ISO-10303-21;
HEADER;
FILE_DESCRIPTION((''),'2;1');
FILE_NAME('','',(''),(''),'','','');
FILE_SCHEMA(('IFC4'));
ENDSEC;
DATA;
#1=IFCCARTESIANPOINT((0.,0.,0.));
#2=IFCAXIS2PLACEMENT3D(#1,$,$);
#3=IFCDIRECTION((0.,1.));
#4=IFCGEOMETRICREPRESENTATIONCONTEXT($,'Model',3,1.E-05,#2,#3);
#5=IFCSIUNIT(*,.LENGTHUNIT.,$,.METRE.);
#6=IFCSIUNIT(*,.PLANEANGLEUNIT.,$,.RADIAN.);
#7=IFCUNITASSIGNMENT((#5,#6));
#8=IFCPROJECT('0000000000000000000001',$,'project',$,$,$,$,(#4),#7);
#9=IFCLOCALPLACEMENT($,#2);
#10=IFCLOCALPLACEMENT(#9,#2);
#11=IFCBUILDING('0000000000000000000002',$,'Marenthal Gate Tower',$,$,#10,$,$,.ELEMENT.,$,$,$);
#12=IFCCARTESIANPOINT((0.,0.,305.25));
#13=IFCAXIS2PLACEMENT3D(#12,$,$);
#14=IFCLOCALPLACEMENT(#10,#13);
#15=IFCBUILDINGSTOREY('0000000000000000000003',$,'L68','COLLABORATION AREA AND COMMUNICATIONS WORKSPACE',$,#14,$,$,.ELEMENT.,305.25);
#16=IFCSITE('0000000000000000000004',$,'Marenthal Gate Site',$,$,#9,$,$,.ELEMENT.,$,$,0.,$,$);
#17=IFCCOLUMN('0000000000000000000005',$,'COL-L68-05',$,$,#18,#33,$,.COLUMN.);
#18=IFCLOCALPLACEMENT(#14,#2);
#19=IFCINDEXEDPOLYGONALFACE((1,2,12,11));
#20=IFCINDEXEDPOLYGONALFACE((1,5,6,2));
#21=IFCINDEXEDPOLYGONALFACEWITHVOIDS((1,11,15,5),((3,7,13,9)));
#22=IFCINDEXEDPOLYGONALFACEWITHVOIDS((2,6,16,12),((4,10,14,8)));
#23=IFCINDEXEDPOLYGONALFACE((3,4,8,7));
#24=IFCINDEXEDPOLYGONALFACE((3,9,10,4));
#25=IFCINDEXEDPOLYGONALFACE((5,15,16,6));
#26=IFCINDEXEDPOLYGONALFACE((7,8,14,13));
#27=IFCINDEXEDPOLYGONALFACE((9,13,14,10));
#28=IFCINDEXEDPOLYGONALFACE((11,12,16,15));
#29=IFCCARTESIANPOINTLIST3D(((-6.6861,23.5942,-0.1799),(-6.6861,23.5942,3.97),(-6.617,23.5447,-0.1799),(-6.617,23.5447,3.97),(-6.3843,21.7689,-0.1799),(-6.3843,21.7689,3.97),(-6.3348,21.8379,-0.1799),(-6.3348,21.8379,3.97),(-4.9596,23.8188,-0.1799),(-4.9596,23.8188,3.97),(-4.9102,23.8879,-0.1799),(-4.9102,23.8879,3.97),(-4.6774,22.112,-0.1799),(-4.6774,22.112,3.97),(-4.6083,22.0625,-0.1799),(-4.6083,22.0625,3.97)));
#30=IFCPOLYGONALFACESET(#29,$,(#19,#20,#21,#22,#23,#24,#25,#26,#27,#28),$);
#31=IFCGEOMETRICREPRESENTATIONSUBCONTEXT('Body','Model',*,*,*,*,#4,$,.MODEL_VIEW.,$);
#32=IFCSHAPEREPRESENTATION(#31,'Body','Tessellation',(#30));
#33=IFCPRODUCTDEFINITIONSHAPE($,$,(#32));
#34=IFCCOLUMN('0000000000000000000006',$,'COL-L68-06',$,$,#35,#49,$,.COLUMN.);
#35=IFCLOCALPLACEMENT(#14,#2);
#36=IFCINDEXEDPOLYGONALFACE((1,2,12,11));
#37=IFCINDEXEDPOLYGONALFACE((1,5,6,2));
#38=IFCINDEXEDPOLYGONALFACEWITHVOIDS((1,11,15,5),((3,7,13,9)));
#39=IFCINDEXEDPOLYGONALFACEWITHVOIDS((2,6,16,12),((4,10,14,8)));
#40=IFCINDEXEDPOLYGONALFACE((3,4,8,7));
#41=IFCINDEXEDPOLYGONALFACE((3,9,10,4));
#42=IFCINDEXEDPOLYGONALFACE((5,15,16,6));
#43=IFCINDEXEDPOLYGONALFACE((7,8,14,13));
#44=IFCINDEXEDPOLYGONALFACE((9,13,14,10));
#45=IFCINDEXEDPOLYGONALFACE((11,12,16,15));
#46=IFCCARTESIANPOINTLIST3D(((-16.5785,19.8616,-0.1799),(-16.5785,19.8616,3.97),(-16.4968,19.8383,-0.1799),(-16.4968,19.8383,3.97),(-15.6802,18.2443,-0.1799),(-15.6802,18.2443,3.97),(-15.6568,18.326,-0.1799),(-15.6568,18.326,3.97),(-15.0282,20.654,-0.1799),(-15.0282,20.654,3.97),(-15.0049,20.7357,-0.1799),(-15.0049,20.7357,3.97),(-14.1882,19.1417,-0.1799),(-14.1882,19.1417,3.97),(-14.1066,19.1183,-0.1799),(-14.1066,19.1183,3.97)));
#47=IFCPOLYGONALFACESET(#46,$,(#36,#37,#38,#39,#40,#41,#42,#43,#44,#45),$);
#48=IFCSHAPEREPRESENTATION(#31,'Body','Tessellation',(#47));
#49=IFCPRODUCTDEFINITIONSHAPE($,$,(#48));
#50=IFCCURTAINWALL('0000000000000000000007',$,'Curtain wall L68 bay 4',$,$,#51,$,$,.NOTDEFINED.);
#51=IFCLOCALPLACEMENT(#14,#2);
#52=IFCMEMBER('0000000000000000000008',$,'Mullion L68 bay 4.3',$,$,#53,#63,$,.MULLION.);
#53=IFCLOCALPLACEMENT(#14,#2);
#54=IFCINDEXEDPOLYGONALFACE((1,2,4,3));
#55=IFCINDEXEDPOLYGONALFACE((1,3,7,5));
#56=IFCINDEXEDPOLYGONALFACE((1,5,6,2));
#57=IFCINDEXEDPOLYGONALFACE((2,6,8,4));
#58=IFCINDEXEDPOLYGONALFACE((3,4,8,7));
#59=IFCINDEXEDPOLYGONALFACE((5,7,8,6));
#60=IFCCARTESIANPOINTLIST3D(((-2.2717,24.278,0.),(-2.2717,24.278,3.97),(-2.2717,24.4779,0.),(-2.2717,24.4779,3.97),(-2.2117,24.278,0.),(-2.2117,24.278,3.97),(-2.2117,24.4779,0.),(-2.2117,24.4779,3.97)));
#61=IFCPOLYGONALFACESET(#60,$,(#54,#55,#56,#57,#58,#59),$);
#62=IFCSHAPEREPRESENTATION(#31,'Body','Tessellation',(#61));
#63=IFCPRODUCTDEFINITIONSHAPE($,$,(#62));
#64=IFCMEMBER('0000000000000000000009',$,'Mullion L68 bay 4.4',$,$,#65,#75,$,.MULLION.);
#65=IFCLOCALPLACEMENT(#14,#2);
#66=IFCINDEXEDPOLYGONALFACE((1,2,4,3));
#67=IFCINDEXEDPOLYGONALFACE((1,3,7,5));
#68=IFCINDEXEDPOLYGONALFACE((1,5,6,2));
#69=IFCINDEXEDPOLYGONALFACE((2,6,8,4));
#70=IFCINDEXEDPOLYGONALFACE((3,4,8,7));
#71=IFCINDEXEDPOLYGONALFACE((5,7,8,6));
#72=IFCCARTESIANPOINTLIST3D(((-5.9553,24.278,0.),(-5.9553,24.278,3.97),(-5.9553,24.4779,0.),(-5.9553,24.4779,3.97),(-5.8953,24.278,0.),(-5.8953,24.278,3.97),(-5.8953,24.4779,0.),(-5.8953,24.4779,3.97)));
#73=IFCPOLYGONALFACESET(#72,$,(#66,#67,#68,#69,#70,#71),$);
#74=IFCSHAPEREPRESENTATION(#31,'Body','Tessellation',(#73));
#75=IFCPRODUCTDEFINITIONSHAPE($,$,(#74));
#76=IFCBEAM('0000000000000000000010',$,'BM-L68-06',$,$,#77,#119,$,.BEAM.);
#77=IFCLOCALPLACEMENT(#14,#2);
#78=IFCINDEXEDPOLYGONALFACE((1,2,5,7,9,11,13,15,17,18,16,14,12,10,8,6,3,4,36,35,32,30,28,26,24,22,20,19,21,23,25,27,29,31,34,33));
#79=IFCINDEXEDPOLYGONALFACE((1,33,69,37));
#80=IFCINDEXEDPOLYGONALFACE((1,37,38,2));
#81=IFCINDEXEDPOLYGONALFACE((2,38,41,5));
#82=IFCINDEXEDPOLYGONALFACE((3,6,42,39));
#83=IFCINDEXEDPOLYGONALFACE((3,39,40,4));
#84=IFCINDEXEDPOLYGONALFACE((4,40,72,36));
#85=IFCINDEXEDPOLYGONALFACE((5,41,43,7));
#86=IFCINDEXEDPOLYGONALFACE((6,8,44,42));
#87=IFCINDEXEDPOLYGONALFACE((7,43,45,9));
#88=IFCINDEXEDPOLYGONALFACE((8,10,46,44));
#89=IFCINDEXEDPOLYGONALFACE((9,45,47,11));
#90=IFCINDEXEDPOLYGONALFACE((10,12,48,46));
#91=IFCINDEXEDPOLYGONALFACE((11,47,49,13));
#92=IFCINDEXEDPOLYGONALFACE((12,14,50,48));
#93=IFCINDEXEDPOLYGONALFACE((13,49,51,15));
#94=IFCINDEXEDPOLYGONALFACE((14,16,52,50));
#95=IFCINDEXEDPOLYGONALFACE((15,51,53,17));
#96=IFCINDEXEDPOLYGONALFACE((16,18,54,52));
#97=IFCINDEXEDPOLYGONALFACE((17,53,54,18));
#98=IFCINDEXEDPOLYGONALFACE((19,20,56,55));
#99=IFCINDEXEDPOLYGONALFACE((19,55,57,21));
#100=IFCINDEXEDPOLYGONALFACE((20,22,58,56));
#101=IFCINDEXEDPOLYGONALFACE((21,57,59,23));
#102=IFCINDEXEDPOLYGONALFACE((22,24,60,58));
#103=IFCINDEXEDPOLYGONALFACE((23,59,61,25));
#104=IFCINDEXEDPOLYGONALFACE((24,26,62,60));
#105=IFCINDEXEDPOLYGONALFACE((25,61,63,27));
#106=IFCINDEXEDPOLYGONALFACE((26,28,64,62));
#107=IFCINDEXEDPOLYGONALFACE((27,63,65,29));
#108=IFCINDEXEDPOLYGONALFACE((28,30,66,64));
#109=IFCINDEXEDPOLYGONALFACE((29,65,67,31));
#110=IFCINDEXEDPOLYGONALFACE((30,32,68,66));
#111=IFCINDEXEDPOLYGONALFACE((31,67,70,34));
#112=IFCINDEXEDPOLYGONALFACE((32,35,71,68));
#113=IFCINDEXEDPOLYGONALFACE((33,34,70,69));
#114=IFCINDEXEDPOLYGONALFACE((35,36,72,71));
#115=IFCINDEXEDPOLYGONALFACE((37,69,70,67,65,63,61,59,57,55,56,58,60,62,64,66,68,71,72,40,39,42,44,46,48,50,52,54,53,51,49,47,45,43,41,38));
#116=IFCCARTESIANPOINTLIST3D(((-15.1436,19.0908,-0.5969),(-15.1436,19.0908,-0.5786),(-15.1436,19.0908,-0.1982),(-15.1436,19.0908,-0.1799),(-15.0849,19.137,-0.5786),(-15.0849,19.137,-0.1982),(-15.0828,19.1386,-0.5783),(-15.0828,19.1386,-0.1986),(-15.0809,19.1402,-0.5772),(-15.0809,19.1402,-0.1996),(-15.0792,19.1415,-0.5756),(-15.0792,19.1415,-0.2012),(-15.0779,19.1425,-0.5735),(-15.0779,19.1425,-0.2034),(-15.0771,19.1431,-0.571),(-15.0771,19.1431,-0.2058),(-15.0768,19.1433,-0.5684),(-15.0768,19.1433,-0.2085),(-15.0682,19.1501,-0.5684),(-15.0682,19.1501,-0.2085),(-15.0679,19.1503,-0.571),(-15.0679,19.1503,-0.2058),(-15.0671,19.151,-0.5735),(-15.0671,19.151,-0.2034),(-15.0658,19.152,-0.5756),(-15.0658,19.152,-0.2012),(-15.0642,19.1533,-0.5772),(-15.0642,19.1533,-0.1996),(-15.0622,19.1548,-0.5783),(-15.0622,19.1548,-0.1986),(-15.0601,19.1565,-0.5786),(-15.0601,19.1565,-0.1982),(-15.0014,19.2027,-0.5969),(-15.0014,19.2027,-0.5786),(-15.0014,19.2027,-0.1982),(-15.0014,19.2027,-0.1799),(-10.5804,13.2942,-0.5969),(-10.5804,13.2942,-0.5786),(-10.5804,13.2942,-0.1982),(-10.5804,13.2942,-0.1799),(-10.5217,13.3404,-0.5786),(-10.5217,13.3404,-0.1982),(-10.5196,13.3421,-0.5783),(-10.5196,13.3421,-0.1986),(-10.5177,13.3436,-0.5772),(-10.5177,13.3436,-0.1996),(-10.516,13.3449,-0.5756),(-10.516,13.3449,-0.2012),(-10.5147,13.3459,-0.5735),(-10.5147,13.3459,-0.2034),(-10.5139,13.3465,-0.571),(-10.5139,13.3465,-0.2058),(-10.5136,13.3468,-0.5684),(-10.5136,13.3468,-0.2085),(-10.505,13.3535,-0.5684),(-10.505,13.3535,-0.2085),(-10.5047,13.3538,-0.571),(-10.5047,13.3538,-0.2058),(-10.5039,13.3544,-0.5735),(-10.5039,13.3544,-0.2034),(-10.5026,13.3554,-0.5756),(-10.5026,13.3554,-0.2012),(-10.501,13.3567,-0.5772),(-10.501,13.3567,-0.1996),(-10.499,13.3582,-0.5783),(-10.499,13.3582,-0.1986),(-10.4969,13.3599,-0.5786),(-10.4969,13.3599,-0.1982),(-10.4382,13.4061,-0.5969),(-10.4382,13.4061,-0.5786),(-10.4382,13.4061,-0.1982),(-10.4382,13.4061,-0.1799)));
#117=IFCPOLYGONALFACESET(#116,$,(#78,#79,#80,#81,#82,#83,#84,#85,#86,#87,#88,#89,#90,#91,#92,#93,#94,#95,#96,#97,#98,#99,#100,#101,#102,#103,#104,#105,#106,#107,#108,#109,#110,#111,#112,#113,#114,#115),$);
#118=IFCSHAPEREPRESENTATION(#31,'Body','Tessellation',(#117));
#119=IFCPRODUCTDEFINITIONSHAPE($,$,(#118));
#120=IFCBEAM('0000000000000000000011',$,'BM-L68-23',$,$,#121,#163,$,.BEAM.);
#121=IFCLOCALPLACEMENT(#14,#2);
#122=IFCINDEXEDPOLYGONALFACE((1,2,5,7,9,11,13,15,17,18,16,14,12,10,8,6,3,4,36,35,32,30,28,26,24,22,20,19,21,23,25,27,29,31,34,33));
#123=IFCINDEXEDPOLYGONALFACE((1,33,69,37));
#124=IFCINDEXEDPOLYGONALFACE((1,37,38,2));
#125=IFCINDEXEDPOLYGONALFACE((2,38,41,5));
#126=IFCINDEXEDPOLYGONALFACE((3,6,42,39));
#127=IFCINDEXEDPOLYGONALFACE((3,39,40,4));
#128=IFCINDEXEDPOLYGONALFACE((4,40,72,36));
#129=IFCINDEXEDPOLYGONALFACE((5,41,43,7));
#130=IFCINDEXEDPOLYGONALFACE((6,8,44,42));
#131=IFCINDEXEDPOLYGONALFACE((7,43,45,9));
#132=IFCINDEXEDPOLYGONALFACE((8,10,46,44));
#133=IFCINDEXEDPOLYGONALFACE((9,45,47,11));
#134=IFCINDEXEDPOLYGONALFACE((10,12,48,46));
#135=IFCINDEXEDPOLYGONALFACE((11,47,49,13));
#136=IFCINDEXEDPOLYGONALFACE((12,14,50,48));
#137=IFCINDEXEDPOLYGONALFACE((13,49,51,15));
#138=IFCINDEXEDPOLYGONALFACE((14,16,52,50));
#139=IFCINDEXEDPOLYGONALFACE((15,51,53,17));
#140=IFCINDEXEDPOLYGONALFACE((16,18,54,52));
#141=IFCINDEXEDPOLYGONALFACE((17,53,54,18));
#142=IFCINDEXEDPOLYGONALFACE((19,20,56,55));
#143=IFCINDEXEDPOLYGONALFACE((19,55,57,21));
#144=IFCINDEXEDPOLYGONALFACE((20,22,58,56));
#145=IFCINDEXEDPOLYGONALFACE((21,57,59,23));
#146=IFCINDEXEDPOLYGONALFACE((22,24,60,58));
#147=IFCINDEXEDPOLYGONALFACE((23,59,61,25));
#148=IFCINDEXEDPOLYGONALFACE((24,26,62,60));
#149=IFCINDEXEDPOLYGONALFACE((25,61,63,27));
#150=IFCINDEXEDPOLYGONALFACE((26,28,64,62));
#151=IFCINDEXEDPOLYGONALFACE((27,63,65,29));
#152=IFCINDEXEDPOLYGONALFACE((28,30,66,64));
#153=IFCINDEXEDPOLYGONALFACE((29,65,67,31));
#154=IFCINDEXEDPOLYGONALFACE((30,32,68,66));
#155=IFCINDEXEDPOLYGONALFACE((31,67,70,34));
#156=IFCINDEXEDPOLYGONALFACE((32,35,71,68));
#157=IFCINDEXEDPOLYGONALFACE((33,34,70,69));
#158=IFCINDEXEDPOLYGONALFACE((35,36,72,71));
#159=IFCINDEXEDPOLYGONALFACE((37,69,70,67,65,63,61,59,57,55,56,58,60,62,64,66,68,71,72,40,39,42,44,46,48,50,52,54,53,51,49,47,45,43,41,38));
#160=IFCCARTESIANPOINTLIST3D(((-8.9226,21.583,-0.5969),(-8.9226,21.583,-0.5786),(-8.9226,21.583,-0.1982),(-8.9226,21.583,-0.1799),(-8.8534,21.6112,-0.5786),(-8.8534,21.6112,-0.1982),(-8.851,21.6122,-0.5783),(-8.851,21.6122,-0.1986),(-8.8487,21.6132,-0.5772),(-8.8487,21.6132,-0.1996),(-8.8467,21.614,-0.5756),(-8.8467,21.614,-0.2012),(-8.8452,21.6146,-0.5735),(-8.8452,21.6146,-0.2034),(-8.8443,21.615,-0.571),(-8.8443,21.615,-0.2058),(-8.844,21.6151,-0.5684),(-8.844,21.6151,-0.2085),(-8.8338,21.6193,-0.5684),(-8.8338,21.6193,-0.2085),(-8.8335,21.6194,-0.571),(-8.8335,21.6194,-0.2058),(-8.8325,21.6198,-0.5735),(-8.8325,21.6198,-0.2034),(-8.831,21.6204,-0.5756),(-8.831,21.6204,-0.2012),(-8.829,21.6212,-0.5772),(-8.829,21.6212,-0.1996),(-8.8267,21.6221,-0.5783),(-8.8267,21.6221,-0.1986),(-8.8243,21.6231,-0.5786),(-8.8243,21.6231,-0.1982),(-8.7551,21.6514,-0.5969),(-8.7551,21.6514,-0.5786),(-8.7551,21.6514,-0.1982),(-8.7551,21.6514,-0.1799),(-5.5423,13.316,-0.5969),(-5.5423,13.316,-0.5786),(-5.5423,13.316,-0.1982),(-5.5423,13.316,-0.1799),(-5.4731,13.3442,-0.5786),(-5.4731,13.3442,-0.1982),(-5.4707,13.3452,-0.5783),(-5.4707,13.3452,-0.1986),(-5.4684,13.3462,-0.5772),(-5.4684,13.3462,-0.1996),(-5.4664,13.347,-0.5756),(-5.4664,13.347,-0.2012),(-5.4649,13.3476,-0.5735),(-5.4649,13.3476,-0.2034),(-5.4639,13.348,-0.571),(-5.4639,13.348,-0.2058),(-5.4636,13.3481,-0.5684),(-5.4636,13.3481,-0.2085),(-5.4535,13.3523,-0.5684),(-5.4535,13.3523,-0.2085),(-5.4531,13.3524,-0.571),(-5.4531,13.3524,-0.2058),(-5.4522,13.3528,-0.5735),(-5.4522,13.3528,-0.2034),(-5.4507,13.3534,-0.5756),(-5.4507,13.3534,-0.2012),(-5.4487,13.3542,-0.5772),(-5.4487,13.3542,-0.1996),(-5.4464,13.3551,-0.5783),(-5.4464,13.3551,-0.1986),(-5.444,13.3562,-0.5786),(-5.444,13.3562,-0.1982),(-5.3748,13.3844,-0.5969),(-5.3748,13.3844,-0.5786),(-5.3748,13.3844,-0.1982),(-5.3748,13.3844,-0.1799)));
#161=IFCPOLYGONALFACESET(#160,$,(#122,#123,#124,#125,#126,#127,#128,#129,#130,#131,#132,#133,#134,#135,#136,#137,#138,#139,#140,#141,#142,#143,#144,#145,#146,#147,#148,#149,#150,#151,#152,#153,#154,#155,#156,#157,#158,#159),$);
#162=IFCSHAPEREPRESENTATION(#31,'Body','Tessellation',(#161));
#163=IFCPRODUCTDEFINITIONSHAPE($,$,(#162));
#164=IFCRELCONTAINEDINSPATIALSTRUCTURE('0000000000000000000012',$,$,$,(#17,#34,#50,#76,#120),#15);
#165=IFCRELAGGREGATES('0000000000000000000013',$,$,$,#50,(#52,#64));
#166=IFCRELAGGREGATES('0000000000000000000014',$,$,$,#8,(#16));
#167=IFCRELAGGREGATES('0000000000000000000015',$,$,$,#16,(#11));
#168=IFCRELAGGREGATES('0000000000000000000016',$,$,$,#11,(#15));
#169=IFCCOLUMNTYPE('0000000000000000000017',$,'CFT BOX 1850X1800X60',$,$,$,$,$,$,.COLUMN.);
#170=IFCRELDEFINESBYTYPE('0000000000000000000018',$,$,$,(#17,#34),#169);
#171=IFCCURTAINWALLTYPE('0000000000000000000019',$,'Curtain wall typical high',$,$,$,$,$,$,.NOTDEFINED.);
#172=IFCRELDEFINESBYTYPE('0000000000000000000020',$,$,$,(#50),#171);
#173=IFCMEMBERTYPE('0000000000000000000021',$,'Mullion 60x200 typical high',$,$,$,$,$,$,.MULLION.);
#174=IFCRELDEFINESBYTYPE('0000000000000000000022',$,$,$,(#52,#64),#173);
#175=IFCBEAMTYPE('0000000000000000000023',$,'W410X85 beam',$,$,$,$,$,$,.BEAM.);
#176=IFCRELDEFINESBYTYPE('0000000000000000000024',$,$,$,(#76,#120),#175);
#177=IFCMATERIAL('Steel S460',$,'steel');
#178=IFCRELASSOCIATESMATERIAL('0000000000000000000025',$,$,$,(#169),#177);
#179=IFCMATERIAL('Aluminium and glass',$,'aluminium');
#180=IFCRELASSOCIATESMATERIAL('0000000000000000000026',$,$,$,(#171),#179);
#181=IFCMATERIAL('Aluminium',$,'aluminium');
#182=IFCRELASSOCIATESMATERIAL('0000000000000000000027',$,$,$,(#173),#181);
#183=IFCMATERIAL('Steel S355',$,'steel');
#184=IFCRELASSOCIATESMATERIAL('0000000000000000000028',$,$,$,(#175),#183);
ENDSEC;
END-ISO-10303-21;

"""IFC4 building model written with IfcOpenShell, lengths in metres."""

from ifc_helpers import new_model, si_unit, direction, frame, origin, origin_2d, place, context, subcontext, project, spatial, rectangle, hollow_rectangle, i_section, extrude, material, material_profile, profile_set, type_object, element, aggregate, save


model = new_model("IFC4")

# Units and contexts
model_context = context("Model", 3, precision=1e-05, world=origin(), true_north=direction((0.0, 1.0)))
body_context = subcontext(model_context, "Body", "Model", "MODEL_VIEW")
ifc_project = project(units=[si_unit("LENGTHUNIT", "METRE"), si_unit("PLANEANGLEUNIT", "RADIAN")], contexts=[model_context])

# Site, building, storey
site_placement = place(None, origin())
site = spatial("IfcSite", under=ifc_project, at=site_placement, Name="Marenthal Gate Site", CompositionType="ELEMENT", RefElevation=0.0)
building_placement = place(site_placement, origin())
building = spatial("IfcBuilding", under=site, at=building_placement, Name="Marenthal Gate Tower", CompositionType="ELEMENT")
storey_placement = place(building_placement, frame((0.0, 0.0, 305.25)))
storey = spatial("IfcBuildingStorey", under=building, at=storey_placement, Name="L68", Description="COLLABORATION AREA AND COMMUNICATIONS WORKSPACE", CompositionType="ELEMENT", Elevation=305.25)

# Columns
ifc_material_1 = material(Name="Steel S460", Category="steel")
ifc_material_profile_1 = material_profile(ifc_material_1, hollow_rectangle(XDim=1.8, YDim=1.8501, WallThickness=0.0601, at=origin_2d()), Name="CFT BOX 1850X1800X60")
ifc_material_2 = material(Name="Concrete 70 MPa", Category="concrete")
ifc_material_profile_2 = material_profile(ifc_material_2, rectangle(XDim=1.6799, YDim=1.73, at=origin_2d()), Name="CFT BOX 1850X1800X60 INFILL")
ifc_profile_set_1 = profile_set([ifc_material_profile_1, ifc_material_profile_2], Name="Steel S460 shell, Concrete 70 MPa infill")
column_type = type_object("IfcColumnType", Name="CFT BOX 1850X1800X60", PredefinedType="COLUMN", material=ifc_profile_set_1)
for number, where, z_axis, x_axis, name in (
    (1, (-5.6472, 22.8284, -0.1799), (0.0, 0.0, 1.0), (0.986603, 0.163137, 0.0), "COL-L68-05"),
    (2, (-15.3425, 19.49, -0.1799), (0.0, 0.0, 1.0), (0.8742, 0.485567, 0.0), "COL-L68-06"),
):
    element("IfcColumn", number, at=place(storey_placement, frame(where, z_axis=z_axis, x_axis=x_axis)), inside=storey, type_object=column_type, Name=name, PredefinedType="COLUMN", context=body_context, shape_type="SweptSolid", body=[
        extrude(hollow_rectangle(XDim=1.8, YDim=1.8501, WallThickness=0.0601, at=origin_2d()), origin(), (0.0, 0.0, 1.0), 4.1499),
    ])

# Curtain wall, members
ifc_material_3 = material(Name="Aluminium and glass", Category="aluminium")
curtain_wall_type = type_object("IfcCurtainWallType", Name="Curtain wall typical high", PredefinedType="NOTDEFINED", material=ifc_material_3)
curtain_wall_placement = place(storey_placement, origin())
curtain_wall = element("IfcCurtainWall", 3, at=curtain_wall_placement, inside=storey, type_object=curtain_wall_type, Name="Curtain wall L68 bay 4", PredefinedType="NOTDEFINED")
ifc_material_4 = material(Name="Aluminium", Category="aluminium")
ifc_material_profile_3 = material_profile(ifc_material_4, rectangle(XDim=0.2, YDim=0.0601, at=origin_2d()), Name="60x200 aluminium mullion")
ifc_profile_set_2 = profile_set([ifc_material_profile_3], Name="Aluminium")
member_type = type_object("IfcMemberType", Name="Mullion 60x200 typical high", PredefinedType="MULLION", material=ifc_profile_set_2)
member_1_placement = place(storey_placement, frame((-2.2417, 24.3779, 0.0), z_axis=(0.0, 0.0, 1.0), x_axis=(0.0, -1.0, 0.0)))
member_1 = element("IfcMember", 4, at=member_1_placement, type_object=member_type, Name="Mullion L68 bay 4.3", PredefinedType="MULLION", context=body_context, shape_type="SweptSolid", body=[
    extrude(rectangle(XDim=0.2, YDim=0.0601, at=origin_2d()), origin(), (0.0, 0.0, 1.0), 3.97),
])
member_2_placement = place(storey_placement, frame((-5.9253, 24.3779, 0.0), z_axis=(0.0, 0.0, 1.0), x_axis=(0.0, -1.0, 0.0)))
member_2 = element("IfcMember", 5, at=member_2_placement, type_object=member_type, Name="Mullion L68 bay 4.4", PredefinedType="MULLION", context=body_context, shape_type="SweptSolid", body=[
    extrude(rectangle(XDim=0.2, YDim=0.0601, at=origin_2d()), origin(), (0.0, 0.0, 1.0), 3.97),
])

# Beams
ifc_material_5 = material(Name="Steel S355", Category="steel")
ifc_material_profile_4 = material_profile(ifc_material_5, i_section(OverallWidth=0.1809, OverallDepth=0.417, WebThickness=0.011, FlangeThickness=0.0183, FilletRadius=0.0103, at=origin_2d()), Name="W410X85")
ifc_profile_set_3 = profile_set([ifc_material_profile_4], Name="Steel S355")
beam_type_1 = type_object("IfcBeamType", Name="W410X85 beam", PredefinedType="BEAM", material=ifc_profile_set_3)
beam_1_placement = place(storey_placement, frame((-15.0725, 19.1467, -0.3884), z_axis=(0.618554, -0.785743, 0.0), x_axis=(0.785743, 0.618554, 0.0)))
element("IfcBeam", 6, at=beam_1_placement, inside=storey, type_object=beam_type_1, Name="BM-L68-06", PredefinedType="BEAM", context=body_context, shape_type="SweptSolid", body=[
    extrude(i_section(OverallWidth=0.1809, OverallDepth=0.417, WebThickness=0.011, FlangeThickness=0.0183, FilletRadius=0.0103, at=origin_2d()), origin(), (0.0, 0.0, 1.0), 7.3772),
])
beam_2_placement = place(storey_placement, frame((-8.8389, 21.6172, -0.3884), z_axis=(0.378477, -0.925611, 0.0), x_axis=(0.925611, 0.378477, 0.0)))
element("IfcBeam", 7, at=beam_2_placement, inside=storey, type_object=beam_type_1, Name="BM-L68-23", PredefinedType="BEAM", context=body_context, shape_type="SweptSolid", body=[
    extrude(i_section(OverallWidth=0.1809, OverallDepth=0.417, WebThickness=0.011, FlangeThickness=0.0183, FilletRadius=0.0103, at=origin_2d()), origin(), (0.0, 0.0, 1.0), 8.9314),
])

aggregate(curtain_wall, [member_1, member_2])

save(model, "model.ifc")
